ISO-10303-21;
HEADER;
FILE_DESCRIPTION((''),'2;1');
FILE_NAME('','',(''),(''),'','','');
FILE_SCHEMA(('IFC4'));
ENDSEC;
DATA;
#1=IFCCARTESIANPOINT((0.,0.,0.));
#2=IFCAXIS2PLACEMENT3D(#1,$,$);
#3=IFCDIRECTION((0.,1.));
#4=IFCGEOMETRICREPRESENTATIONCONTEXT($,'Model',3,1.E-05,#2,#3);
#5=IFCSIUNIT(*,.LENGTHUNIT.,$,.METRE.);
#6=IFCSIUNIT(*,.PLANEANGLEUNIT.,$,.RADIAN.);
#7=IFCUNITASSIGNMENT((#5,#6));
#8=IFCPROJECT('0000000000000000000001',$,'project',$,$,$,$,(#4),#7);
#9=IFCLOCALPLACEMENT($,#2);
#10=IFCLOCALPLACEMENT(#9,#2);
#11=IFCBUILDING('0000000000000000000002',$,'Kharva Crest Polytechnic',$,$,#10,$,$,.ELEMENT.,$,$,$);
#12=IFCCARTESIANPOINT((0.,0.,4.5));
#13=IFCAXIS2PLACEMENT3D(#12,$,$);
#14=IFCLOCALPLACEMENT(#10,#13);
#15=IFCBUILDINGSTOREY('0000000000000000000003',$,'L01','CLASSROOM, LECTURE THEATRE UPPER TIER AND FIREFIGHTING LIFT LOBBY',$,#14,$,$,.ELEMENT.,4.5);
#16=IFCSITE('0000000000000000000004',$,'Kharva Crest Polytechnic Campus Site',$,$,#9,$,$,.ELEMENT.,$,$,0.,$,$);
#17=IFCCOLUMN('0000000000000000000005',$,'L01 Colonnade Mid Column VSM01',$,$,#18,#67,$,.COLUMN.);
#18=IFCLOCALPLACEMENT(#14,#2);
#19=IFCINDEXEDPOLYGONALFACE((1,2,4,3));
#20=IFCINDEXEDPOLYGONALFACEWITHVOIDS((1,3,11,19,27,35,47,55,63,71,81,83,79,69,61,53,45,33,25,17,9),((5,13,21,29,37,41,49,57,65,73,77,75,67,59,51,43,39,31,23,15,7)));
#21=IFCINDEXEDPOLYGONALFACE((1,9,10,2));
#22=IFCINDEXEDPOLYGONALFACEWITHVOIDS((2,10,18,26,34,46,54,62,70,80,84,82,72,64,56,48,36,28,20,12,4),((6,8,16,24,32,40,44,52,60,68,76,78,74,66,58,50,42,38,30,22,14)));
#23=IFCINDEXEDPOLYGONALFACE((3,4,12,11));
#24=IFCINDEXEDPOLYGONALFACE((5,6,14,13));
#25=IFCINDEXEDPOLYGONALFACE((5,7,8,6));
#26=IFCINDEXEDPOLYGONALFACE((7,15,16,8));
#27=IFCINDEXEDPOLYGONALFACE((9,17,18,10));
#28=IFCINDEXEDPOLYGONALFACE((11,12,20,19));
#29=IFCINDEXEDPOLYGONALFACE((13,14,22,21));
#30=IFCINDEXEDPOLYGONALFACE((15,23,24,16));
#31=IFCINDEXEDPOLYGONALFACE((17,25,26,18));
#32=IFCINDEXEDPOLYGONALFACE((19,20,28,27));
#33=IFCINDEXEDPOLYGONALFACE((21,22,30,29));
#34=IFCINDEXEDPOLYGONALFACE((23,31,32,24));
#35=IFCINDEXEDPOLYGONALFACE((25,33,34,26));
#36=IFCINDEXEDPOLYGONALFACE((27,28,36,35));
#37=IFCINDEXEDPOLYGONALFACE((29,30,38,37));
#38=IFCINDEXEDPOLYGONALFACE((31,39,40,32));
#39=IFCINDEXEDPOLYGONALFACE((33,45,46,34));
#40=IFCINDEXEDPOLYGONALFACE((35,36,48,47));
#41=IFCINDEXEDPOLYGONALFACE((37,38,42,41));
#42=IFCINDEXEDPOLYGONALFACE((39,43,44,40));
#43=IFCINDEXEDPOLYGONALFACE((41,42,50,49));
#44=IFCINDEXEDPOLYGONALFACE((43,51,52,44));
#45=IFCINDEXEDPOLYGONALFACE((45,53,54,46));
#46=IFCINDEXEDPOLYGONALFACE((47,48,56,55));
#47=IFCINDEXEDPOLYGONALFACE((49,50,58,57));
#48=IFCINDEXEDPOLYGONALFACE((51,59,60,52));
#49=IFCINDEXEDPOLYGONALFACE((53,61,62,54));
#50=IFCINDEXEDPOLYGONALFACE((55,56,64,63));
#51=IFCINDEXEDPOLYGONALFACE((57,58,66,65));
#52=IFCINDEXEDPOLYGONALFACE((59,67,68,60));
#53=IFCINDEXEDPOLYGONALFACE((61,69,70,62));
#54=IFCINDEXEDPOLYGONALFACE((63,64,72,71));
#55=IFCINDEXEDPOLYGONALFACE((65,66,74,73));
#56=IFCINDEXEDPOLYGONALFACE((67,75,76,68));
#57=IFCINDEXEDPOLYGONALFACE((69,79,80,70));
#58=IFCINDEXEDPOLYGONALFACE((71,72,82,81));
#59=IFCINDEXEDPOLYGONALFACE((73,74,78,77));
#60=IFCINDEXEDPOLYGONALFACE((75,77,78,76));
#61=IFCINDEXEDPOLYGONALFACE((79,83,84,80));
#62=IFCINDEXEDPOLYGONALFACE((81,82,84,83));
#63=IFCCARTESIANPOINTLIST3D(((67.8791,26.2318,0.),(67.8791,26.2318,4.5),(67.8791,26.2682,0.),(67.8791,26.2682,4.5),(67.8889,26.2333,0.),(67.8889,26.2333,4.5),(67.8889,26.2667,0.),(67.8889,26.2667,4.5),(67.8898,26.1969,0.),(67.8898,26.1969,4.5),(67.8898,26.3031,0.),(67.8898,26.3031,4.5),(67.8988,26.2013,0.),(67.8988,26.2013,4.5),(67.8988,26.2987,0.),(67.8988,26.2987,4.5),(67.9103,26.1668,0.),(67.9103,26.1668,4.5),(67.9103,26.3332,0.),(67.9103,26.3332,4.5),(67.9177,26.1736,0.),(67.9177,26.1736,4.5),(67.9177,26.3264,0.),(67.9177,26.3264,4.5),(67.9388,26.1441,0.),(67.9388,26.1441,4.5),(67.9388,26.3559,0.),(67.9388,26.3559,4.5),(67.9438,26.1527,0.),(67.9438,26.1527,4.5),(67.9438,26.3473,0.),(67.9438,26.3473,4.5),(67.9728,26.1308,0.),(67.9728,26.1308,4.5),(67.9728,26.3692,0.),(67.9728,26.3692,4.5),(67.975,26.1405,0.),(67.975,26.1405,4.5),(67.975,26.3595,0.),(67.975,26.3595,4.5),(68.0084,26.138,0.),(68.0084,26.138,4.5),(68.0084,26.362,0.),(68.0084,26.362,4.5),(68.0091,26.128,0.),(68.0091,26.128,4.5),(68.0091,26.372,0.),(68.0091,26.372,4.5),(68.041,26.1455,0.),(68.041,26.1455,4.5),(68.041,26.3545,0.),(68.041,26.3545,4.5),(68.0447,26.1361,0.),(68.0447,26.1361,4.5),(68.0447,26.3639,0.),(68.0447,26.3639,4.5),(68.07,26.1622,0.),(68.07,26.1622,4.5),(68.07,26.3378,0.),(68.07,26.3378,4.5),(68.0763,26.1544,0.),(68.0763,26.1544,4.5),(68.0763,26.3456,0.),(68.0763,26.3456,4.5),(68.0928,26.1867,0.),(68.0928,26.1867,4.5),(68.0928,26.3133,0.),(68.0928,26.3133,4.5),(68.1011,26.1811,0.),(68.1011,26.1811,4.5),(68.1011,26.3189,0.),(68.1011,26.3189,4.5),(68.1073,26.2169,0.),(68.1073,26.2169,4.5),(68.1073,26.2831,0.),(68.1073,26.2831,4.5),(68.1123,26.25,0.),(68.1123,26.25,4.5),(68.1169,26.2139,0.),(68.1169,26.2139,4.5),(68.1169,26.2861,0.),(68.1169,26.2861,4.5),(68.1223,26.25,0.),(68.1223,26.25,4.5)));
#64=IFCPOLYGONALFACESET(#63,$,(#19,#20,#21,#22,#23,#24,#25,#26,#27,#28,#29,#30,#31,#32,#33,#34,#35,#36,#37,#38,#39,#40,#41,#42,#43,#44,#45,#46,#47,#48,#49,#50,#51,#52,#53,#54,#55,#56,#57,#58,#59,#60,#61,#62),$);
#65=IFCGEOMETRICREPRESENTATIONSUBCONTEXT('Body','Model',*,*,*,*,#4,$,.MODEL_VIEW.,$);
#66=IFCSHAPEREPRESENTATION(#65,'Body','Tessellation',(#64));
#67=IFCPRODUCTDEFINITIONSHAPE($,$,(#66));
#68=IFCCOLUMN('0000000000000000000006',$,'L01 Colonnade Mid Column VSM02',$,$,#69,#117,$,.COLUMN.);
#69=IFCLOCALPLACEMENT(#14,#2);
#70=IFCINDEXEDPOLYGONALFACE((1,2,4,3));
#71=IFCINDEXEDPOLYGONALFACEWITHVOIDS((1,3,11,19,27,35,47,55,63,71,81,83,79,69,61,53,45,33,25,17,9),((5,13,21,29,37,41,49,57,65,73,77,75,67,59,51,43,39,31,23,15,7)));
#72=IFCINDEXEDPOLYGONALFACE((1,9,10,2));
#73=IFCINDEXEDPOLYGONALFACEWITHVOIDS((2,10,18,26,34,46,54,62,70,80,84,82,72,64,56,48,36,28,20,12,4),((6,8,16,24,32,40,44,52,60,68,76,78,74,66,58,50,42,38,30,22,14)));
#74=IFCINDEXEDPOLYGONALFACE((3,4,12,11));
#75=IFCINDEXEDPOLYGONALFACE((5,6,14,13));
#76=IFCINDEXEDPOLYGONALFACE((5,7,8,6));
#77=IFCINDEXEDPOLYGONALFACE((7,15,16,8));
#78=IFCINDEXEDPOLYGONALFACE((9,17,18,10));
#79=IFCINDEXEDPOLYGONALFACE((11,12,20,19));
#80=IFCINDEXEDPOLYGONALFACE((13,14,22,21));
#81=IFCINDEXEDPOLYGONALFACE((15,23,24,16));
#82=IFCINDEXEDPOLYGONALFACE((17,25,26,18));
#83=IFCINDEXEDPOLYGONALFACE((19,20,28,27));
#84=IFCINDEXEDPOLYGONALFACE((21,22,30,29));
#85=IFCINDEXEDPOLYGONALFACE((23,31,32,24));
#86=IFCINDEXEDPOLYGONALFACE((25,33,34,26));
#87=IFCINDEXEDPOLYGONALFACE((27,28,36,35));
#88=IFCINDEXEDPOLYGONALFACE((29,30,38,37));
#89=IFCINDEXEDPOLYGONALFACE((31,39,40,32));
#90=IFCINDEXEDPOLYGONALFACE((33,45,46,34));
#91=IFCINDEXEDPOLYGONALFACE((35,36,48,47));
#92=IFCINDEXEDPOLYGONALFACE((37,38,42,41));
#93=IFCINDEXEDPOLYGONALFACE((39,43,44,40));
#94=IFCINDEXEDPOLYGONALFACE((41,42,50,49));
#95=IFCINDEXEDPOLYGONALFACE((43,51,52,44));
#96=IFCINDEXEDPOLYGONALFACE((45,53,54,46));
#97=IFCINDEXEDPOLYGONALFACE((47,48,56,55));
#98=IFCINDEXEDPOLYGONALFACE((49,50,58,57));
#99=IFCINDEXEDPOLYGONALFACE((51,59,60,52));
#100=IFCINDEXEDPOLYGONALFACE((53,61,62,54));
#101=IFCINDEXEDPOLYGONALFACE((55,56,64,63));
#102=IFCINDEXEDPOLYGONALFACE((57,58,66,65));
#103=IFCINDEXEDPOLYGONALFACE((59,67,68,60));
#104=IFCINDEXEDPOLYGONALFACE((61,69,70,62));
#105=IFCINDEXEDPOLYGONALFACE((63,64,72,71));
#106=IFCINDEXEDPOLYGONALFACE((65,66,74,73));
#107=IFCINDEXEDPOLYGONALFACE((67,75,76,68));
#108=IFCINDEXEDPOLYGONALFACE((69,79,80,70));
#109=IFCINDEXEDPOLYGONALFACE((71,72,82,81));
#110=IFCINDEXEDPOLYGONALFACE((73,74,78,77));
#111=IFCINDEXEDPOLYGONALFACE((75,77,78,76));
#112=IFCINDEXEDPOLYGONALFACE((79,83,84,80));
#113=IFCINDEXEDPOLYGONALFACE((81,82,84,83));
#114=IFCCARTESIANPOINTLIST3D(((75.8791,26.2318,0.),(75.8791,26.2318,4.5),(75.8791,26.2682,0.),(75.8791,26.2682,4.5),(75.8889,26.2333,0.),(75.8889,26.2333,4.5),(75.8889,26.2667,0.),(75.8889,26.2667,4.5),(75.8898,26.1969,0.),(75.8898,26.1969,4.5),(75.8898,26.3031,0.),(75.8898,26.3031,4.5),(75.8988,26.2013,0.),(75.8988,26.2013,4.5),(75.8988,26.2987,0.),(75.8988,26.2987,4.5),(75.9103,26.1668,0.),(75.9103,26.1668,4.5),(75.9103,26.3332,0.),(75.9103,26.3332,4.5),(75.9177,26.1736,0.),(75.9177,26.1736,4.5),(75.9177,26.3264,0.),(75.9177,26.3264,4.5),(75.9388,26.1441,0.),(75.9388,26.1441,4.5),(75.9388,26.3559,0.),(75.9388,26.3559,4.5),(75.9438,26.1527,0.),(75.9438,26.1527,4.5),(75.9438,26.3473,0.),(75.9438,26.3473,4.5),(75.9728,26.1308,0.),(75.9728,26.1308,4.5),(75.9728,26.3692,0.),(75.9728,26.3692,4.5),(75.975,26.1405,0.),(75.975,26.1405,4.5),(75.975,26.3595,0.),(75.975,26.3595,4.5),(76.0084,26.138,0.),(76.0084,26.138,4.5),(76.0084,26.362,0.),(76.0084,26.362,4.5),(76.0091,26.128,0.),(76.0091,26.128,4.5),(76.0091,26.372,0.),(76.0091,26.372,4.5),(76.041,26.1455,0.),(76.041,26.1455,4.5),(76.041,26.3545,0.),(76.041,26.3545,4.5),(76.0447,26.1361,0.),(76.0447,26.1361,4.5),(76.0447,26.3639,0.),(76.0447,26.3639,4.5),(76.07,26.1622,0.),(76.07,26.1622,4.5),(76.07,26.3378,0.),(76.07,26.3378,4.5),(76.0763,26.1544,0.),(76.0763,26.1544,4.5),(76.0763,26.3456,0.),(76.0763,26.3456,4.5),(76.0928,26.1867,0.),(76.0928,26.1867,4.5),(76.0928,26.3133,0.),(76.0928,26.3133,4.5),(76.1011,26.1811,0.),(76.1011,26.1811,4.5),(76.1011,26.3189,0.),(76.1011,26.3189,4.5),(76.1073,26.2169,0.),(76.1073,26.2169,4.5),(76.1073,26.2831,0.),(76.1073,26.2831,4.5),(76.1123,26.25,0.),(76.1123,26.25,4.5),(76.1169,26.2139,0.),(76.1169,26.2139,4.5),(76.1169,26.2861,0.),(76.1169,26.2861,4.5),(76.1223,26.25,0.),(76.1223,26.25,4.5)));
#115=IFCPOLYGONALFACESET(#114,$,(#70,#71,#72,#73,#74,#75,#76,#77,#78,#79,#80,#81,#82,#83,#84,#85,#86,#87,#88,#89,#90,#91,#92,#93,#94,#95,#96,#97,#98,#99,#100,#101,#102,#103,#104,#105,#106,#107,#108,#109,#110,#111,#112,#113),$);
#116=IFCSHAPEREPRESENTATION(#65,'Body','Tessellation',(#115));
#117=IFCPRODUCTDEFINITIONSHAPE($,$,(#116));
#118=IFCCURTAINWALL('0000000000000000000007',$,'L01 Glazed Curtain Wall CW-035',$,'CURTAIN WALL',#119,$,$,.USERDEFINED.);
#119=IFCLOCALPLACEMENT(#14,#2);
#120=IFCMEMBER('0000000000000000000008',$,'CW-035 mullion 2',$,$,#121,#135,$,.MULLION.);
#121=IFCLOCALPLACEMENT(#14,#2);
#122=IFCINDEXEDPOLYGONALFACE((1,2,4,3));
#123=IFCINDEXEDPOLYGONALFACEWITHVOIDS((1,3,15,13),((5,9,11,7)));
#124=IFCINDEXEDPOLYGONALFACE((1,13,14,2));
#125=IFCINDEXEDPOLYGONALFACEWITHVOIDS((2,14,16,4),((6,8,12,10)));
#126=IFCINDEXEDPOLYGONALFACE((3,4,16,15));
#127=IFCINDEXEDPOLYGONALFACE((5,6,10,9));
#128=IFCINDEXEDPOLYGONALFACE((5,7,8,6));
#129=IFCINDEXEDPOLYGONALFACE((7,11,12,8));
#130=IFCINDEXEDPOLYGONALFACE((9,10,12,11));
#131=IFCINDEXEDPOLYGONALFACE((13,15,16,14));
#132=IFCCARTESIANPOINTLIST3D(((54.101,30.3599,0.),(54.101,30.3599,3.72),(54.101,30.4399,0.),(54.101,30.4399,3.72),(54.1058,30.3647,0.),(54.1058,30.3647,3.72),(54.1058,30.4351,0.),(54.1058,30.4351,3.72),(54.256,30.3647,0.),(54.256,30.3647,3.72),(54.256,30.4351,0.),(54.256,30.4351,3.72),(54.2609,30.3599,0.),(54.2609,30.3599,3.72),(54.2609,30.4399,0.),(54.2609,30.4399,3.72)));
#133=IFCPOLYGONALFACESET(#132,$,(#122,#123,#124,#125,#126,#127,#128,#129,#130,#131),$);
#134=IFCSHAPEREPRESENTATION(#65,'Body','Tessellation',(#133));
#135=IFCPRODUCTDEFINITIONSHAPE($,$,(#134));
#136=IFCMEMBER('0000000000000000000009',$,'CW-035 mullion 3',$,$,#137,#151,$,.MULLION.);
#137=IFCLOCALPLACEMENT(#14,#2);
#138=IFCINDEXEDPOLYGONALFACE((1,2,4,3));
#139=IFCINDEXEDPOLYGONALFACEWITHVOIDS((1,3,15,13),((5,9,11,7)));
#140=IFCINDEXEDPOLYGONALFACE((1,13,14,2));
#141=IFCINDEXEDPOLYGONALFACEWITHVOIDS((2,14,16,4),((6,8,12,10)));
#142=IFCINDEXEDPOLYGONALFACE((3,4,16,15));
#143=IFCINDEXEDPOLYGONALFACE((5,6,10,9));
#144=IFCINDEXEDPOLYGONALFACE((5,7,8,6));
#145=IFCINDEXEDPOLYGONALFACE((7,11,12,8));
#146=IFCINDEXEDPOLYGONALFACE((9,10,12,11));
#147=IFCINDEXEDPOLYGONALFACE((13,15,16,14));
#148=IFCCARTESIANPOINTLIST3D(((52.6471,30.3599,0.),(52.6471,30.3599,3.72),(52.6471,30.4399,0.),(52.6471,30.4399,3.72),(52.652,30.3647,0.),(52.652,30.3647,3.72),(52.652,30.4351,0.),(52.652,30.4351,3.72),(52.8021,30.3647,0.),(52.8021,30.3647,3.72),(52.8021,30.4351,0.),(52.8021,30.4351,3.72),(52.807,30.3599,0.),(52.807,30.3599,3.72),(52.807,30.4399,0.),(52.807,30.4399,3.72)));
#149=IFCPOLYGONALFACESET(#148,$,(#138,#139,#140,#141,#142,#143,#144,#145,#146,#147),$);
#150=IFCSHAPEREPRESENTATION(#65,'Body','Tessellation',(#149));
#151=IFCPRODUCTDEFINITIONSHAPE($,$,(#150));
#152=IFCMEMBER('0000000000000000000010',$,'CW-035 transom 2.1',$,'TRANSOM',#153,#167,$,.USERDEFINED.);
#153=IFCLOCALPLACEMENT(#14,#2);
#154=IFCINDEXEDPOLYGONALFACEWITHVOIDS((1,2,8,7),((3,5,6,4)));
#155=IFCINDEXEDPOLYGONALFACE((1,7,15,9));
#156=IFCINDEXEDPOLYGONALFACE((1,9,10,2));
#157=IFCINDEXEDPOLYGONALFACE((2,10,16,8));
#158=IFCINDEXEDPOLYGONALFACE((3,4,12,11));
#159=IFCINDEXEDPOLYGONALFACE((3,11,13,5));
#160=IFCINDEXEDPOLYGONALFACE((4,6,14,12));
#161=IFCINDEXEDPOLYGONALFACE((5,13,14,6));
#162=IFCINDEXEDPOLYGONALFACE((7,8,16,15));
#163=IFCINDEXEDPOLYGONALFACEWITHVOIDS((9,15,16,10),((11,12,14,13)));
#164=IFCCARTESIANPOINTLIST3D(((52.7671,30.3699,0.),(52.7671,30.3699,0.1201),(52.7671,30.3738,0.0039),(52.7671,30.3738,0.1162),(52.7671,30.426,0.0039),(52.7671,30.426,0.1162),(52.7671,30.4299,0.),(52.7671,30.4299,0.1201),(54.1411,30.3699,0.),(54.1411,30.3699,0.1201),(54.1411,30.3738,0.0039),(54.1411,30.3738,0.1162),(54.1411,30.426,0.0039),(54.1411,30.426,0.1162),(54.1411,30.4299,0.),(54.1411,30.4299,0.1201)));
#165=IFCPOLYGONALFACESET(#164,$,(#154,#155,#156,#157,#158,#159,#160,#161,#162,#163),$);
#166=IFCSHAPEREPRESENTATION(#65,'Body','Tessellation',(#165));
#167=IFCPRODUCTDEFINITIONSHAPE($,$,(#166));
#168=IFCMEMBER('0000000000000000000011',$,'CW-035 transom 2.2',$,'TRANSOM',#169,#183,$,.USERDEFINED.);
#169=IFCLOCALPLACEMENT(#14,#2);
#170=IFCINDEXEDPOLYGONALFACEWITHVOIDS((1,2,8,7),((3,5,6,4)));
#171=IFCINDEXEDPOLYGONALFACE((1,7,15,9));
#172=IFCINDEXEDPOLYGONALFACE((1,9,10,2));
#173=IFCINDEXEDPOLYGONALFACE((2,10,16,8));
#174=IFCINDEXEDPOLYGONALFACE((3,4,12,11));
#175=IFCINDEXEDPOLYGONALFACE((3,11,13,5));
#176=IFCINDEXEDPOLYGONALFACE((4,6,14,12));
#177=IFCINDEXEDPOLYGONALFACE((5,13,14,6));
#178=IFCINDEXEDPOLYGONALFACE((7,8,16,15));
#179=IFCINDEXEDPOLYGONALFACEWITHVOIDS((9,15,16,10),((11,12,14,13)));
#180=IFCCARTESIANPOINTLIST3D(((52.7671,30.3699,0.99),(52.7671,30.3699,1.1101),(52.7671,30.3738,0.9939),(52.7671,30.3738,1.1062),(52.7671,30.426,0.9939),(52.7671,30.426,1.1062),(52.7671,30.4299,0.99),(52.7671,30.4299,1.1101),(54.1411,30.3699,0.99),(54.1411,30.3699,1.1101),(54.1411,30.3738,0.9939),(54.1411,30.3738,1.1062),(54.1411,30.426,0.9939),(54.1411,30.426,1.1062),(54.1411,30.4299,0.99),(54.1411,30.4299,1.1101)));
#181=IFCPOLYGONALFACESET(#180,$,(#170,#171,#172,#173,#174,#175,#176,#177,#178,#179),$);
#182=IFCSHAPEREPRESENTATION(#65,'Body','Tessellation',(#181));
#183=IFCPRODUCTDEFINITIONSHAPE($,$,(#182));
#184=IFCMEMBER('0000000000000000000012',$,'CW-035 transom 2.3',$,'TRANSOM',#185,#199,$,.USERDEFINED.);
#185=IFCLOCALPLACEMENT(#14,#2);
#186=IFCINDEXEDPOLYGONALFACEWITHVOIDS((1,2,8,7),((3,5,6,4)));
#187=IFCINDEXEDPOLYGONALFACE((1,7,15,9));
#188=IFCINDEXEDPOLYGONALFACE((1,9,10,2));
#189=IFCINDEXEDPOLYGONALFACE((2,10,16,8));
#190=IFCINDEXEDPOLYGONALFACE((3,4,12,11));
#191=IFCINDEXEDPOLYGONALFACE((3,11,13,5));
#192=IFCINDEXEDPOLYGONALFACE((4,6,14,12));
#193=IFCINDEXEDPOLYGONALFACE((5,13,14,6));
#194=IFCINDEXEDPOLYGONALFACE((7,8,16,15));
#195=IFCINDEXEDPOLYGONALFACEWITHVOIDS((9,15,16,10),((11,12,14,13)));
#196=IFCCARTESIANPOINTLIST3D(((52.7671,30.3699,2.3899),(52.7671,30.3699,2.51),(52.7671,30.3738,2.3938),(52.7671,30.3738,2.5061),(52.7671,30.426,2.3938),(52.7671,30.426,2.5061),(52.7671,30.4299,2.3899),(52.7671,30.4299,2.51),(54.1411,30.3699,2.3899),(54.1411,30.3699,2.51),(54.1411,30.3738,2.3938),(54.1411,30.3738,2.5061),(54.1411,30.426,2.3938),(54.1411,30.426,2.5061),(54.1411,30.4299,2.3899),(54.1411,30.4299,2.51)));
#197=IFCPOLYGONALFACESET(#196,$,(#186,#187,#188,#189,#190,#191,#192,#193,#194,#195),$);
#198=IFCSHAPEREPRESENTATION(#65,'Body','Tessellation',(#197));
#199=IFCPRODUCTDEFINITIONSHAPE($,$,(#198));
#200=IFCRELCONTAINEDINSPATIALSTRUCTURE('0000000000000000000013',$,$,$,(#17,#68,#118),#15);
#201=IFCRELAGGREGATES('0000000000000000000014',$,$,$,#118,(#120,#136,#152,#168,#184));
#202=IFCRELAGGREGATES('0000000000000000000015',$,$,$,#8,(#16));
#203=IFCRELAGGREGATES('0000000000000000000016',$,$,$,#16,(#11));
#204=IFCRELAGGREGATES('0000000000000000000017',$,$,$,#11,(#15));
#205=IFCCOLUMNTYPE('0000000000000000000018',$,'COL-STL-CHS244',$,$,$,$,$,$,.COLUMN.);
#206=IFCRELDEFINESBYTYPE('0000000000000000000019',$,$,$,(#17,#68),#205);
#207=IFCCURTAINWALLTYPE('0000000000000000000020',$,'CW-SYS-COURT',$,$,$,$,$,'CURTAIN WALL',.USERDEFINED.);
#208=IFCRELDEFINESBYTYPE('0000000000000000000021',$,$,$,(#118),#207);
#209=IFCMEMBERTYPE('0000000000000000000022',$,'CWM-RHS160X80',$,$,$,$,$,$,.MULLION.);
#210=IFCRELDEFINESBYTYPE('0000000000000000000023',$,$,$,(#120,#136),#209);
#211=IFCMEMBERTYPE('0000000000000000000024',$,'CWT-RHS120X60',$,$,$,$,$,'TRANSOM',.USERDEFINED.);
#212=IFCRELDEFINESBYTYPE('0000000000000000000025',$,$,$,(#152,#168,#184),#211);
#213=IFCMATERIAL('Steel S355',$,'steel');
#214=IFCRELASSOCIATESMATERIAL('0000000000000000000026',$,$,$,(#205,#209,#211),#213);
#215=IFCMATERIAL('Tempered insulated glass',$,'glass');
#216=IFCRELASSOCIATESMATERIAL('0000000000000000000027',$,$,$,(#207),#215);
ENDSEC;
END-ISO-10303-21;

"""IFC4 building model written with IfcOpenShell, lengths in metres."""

from ifc_helpers import new_model, si_unit, direction, frame, origin, origin_2d, place, context, subcontext, project, spatial, hollow_rectangle, hollow_circle, extrude, material, material_profile, profile_set, type_object, element, aggregate, save


model = new_model("IFC4")

# Units and contexts
model_context = context("Model", 3, precision=1e-05, world=origin(), true_north=direction((0.0, 1.0)))
body_context = subcontext(model_context, "Body", "Model", "MODEL_VIEW")
ifc_project = project(units=[si_unit("LENGTHUNIT", "METRE"), si_unit("PLANEANGLEUNIT", "RADIAN")], contexts=[model_context])

# Site, building, storey
site_placement = place(None, origin())
site = spatial("IfcSite", under=ifc_project, at=site_placement, Name="Kharva Crest Polytechnic Campus Site", CompositionType="ELEMENT", RefElevation=0.0)
building_placement = place(site_placement, origin())
building = spatial("IfcBuilding", under=site, at=building_placement, Name="Kharva Crest Polytechnic", CompositionType="ELEMENT")
storey_placement = place(building_placement, frame((0.0, 0.0, 4.5)))
storey = spatial("IfcBuildingStorey", under=building, at=storey_placement, Name="L01", Description="CLASSROOM, LECTURE THEATRE UPPER TIER AND FIREFIGHTING LIFT LOBBY", CompositionType="ELEMENT", Elevation=4.5)

# Columns
ifc_material_1 = material(Name="Steel S355", Category="steel")
ifc_material_profile_1 = material_profile(ifc_material_1, hollow_circle(Radius=0.1223, WallThickness=0.01, at=origin_2d()), Name="CHS 244.5X10.0")
ifc_profile_set_1 = profile_set([ifc_material_profile_1], Name="Steel S355")
column_type = type_object("IfcColumnType", Name="COL-STL-CHS244", PredefinedType="COLUMN", material=ifc_profile_set_1)
for number, where, z_axis, x_axis, name in (
    (1, (68.0, 26.25, 0.0), (0.0, 0.0, 1.0), (1.0, 0.0, 0.0), "L01 Colonnade Mid Column VSM01"),
    (2, (76.0, 26.25, 0.0), (0.0, 0.0, 1.0), (1.0, 0.0, 0.0), "L01 Colonnade Mid Column VSM02"),
):
    element("IfcColumn", number, at=place(storey_placement, frame(where, z_axis=z_axis, x_axis=x_axis)), inside=storey, type_object=column_type, Name=name, PredefinedType="COLUMN", context=body_context, shape_type="SweptSolid", body=[
        extrude(hollow_circle(Radius=0.1223, WallThickness=0.01, at=origin_2d()), origin(), (0.0, 0.0, 1.0), 4.5),
    ])

# Curtain wall, members
ifc_material_2 = material(Name="Tempered insulated glass", Category="glass")
curtain_wall_type = type_object("IfcCurtainWallType", Name="CW-SYS-COURT", ElementType="CURTAIN WALL", PredefinedType="USERDEFINED", material=ifc_material_2)
curtain_wall_placement = place(storey_placement, origin())
curtain_wall = element("IfcCurtainWall", 3, at=curtain_wall_placement, inside=storey, type_object=curtain_wall_type, Name="L01 Glazed Curtain Wall CW-035", ObjectType="CURTAIN WALL", PredefinedType="USERDEFINED")
ifc_material_profile_2 = material_profile(ifc_material_1, hollow_rectangle(XDim=0.0801, YDim=0.1599, WallThickness=0.0049, at=origin_2d()), Name="RHS 160X80X5.0")
ifc_profile_set_2 = profile_set([ifc_material_profile_2], Name="Steel S355")
member_type_1 = type_object("IfcMemberType", Name="CWM-RHS160X80", PredefinedType="MULLION", material=ifc_profile_set_2)
member_1_placement = place(storey_placement, frame((54.1809, 30.3999, 0.0), z_axis=(0.0, 0.0, 1.0), x_axis=(0.0, -1.0, 0.0)))
member_1 = element("IfcMember", 4, at=member_1_placement, type_object=member_type_1, Name="CW-035 mullion 2", PredefinedType="MULLION", context=body_context, shape_type="SweptSolid", body=[
    extrude(hollow_rectangle(XDim=0.0801, YDim=0.1599, WallThickness=0.0049, at=origin_2d()), origin(), (0.0, 0.0, 1.0), 3.72),
])
member_2_placement = place(storey_placement, frame((52.7271, 30.3999, 0.0), z_axis=(0.0, 0.0, 1.0), x_axis=(0.0, -1.0, 0.0)))
member_2 = element("IfcMember", 5, at=member_2_placement, type_object=member_type_1, Name="CW-035 mullion 3", PredefinedType="MULLION", context=body_context, shape_type="SweptSolid", body=[
    extrude(hollow_rectangle(XDim=0.0801, YDim=0.1599, WallThickness=0.0049, at=origin_2d()), origin(), (0.0, 0.0, 1.0), 3.72),
])
ifc_material_profile_3 = material_profile(ifc_material_1, hollow_rectangle(XDim=0.0601, YDim=0.1201, WallThickness=0.0039, at=origin_2d()), Name="RHS 120X60X4.0")
ifc_profile_set_3 = profile_set([ifc_material_profile_3], Name="Steel S355")
member_type_2 = type_object("IfcMemberType", Name="CWT-RHS120X60", ElementType="TRANSOM", PredefinedType="USERDEFINED", material=ifc_profile_set_3)
member_3_placement = place(storey_placement, frame((54.1411, 30.3999, 0.0601), z_axis=(-1.0, 0.0, 0.0), x_axis=(0.0, -1.0, 0.0)))
member_3 = element("IfcMember", 6, at=member_3_placement, type_object=member_type_2, Name="CW-035 transom 2.1", ObjectType="TRANSOM", PredefinedType="USERDEFINED", context=body_context, shape_type="SweptSolid", body=[
    extrude(hollow_rectangle(XDim=0.0601, YDim=0.1201, WallThickness=0.0039, at=origin_2d()), origin(), (0.0, 0.0, 1.0), 1.374),
])
member_4_placement = place(storey_placement, frame((54.1411, 30.3999, 1.05), z_axis=(-1.0, 0.0, 0.0), x_axis=(0.0, -1.0, 0.0)))
member_4 = element("IfcMember", 7, at=member_4_placement, type_object=member_type_2, Name="CW-035 transom 2.2", ObjectType="TRANSOM", PredefinedType="USERDEFINED", context=body_context, shape_type="SweptSolid", body=[
    extrude(hollow_rectangle(XDim=0.0601, YDim=0.1201, WallThickness=0.0039, at=origin_2d()), origin(), (0.0, 0.0, 1.0), 1.374),
])
member_5_placement = place(storey_placement, frame((54.1411, 30.3999, 2.45), z_axis=(-1.0, 0.0, 0.0), x_axis=(0.0, -1.0, 0.0)))
member_5 = element("IfcMember", 8, at=member_5_placement, type_object=member_type_2, Name="CW-035 transom 2.3", ObjectType="TRANSOM", PredefinedType="USERDEFINED", context=body_context, shape_type="SweptSolid", body=[
    extrude(hollow_rectangle(XDim=0.0601, YDim=0.1201, WallThickness=0.0039, at=origin_2d()), origin(), (0.0, 0.0, 1.0), 1.374),
])

aggregate(curtain_wall, [member_1, member_2, member_3, member_4, member_5])

save(model, "model.ifc")
